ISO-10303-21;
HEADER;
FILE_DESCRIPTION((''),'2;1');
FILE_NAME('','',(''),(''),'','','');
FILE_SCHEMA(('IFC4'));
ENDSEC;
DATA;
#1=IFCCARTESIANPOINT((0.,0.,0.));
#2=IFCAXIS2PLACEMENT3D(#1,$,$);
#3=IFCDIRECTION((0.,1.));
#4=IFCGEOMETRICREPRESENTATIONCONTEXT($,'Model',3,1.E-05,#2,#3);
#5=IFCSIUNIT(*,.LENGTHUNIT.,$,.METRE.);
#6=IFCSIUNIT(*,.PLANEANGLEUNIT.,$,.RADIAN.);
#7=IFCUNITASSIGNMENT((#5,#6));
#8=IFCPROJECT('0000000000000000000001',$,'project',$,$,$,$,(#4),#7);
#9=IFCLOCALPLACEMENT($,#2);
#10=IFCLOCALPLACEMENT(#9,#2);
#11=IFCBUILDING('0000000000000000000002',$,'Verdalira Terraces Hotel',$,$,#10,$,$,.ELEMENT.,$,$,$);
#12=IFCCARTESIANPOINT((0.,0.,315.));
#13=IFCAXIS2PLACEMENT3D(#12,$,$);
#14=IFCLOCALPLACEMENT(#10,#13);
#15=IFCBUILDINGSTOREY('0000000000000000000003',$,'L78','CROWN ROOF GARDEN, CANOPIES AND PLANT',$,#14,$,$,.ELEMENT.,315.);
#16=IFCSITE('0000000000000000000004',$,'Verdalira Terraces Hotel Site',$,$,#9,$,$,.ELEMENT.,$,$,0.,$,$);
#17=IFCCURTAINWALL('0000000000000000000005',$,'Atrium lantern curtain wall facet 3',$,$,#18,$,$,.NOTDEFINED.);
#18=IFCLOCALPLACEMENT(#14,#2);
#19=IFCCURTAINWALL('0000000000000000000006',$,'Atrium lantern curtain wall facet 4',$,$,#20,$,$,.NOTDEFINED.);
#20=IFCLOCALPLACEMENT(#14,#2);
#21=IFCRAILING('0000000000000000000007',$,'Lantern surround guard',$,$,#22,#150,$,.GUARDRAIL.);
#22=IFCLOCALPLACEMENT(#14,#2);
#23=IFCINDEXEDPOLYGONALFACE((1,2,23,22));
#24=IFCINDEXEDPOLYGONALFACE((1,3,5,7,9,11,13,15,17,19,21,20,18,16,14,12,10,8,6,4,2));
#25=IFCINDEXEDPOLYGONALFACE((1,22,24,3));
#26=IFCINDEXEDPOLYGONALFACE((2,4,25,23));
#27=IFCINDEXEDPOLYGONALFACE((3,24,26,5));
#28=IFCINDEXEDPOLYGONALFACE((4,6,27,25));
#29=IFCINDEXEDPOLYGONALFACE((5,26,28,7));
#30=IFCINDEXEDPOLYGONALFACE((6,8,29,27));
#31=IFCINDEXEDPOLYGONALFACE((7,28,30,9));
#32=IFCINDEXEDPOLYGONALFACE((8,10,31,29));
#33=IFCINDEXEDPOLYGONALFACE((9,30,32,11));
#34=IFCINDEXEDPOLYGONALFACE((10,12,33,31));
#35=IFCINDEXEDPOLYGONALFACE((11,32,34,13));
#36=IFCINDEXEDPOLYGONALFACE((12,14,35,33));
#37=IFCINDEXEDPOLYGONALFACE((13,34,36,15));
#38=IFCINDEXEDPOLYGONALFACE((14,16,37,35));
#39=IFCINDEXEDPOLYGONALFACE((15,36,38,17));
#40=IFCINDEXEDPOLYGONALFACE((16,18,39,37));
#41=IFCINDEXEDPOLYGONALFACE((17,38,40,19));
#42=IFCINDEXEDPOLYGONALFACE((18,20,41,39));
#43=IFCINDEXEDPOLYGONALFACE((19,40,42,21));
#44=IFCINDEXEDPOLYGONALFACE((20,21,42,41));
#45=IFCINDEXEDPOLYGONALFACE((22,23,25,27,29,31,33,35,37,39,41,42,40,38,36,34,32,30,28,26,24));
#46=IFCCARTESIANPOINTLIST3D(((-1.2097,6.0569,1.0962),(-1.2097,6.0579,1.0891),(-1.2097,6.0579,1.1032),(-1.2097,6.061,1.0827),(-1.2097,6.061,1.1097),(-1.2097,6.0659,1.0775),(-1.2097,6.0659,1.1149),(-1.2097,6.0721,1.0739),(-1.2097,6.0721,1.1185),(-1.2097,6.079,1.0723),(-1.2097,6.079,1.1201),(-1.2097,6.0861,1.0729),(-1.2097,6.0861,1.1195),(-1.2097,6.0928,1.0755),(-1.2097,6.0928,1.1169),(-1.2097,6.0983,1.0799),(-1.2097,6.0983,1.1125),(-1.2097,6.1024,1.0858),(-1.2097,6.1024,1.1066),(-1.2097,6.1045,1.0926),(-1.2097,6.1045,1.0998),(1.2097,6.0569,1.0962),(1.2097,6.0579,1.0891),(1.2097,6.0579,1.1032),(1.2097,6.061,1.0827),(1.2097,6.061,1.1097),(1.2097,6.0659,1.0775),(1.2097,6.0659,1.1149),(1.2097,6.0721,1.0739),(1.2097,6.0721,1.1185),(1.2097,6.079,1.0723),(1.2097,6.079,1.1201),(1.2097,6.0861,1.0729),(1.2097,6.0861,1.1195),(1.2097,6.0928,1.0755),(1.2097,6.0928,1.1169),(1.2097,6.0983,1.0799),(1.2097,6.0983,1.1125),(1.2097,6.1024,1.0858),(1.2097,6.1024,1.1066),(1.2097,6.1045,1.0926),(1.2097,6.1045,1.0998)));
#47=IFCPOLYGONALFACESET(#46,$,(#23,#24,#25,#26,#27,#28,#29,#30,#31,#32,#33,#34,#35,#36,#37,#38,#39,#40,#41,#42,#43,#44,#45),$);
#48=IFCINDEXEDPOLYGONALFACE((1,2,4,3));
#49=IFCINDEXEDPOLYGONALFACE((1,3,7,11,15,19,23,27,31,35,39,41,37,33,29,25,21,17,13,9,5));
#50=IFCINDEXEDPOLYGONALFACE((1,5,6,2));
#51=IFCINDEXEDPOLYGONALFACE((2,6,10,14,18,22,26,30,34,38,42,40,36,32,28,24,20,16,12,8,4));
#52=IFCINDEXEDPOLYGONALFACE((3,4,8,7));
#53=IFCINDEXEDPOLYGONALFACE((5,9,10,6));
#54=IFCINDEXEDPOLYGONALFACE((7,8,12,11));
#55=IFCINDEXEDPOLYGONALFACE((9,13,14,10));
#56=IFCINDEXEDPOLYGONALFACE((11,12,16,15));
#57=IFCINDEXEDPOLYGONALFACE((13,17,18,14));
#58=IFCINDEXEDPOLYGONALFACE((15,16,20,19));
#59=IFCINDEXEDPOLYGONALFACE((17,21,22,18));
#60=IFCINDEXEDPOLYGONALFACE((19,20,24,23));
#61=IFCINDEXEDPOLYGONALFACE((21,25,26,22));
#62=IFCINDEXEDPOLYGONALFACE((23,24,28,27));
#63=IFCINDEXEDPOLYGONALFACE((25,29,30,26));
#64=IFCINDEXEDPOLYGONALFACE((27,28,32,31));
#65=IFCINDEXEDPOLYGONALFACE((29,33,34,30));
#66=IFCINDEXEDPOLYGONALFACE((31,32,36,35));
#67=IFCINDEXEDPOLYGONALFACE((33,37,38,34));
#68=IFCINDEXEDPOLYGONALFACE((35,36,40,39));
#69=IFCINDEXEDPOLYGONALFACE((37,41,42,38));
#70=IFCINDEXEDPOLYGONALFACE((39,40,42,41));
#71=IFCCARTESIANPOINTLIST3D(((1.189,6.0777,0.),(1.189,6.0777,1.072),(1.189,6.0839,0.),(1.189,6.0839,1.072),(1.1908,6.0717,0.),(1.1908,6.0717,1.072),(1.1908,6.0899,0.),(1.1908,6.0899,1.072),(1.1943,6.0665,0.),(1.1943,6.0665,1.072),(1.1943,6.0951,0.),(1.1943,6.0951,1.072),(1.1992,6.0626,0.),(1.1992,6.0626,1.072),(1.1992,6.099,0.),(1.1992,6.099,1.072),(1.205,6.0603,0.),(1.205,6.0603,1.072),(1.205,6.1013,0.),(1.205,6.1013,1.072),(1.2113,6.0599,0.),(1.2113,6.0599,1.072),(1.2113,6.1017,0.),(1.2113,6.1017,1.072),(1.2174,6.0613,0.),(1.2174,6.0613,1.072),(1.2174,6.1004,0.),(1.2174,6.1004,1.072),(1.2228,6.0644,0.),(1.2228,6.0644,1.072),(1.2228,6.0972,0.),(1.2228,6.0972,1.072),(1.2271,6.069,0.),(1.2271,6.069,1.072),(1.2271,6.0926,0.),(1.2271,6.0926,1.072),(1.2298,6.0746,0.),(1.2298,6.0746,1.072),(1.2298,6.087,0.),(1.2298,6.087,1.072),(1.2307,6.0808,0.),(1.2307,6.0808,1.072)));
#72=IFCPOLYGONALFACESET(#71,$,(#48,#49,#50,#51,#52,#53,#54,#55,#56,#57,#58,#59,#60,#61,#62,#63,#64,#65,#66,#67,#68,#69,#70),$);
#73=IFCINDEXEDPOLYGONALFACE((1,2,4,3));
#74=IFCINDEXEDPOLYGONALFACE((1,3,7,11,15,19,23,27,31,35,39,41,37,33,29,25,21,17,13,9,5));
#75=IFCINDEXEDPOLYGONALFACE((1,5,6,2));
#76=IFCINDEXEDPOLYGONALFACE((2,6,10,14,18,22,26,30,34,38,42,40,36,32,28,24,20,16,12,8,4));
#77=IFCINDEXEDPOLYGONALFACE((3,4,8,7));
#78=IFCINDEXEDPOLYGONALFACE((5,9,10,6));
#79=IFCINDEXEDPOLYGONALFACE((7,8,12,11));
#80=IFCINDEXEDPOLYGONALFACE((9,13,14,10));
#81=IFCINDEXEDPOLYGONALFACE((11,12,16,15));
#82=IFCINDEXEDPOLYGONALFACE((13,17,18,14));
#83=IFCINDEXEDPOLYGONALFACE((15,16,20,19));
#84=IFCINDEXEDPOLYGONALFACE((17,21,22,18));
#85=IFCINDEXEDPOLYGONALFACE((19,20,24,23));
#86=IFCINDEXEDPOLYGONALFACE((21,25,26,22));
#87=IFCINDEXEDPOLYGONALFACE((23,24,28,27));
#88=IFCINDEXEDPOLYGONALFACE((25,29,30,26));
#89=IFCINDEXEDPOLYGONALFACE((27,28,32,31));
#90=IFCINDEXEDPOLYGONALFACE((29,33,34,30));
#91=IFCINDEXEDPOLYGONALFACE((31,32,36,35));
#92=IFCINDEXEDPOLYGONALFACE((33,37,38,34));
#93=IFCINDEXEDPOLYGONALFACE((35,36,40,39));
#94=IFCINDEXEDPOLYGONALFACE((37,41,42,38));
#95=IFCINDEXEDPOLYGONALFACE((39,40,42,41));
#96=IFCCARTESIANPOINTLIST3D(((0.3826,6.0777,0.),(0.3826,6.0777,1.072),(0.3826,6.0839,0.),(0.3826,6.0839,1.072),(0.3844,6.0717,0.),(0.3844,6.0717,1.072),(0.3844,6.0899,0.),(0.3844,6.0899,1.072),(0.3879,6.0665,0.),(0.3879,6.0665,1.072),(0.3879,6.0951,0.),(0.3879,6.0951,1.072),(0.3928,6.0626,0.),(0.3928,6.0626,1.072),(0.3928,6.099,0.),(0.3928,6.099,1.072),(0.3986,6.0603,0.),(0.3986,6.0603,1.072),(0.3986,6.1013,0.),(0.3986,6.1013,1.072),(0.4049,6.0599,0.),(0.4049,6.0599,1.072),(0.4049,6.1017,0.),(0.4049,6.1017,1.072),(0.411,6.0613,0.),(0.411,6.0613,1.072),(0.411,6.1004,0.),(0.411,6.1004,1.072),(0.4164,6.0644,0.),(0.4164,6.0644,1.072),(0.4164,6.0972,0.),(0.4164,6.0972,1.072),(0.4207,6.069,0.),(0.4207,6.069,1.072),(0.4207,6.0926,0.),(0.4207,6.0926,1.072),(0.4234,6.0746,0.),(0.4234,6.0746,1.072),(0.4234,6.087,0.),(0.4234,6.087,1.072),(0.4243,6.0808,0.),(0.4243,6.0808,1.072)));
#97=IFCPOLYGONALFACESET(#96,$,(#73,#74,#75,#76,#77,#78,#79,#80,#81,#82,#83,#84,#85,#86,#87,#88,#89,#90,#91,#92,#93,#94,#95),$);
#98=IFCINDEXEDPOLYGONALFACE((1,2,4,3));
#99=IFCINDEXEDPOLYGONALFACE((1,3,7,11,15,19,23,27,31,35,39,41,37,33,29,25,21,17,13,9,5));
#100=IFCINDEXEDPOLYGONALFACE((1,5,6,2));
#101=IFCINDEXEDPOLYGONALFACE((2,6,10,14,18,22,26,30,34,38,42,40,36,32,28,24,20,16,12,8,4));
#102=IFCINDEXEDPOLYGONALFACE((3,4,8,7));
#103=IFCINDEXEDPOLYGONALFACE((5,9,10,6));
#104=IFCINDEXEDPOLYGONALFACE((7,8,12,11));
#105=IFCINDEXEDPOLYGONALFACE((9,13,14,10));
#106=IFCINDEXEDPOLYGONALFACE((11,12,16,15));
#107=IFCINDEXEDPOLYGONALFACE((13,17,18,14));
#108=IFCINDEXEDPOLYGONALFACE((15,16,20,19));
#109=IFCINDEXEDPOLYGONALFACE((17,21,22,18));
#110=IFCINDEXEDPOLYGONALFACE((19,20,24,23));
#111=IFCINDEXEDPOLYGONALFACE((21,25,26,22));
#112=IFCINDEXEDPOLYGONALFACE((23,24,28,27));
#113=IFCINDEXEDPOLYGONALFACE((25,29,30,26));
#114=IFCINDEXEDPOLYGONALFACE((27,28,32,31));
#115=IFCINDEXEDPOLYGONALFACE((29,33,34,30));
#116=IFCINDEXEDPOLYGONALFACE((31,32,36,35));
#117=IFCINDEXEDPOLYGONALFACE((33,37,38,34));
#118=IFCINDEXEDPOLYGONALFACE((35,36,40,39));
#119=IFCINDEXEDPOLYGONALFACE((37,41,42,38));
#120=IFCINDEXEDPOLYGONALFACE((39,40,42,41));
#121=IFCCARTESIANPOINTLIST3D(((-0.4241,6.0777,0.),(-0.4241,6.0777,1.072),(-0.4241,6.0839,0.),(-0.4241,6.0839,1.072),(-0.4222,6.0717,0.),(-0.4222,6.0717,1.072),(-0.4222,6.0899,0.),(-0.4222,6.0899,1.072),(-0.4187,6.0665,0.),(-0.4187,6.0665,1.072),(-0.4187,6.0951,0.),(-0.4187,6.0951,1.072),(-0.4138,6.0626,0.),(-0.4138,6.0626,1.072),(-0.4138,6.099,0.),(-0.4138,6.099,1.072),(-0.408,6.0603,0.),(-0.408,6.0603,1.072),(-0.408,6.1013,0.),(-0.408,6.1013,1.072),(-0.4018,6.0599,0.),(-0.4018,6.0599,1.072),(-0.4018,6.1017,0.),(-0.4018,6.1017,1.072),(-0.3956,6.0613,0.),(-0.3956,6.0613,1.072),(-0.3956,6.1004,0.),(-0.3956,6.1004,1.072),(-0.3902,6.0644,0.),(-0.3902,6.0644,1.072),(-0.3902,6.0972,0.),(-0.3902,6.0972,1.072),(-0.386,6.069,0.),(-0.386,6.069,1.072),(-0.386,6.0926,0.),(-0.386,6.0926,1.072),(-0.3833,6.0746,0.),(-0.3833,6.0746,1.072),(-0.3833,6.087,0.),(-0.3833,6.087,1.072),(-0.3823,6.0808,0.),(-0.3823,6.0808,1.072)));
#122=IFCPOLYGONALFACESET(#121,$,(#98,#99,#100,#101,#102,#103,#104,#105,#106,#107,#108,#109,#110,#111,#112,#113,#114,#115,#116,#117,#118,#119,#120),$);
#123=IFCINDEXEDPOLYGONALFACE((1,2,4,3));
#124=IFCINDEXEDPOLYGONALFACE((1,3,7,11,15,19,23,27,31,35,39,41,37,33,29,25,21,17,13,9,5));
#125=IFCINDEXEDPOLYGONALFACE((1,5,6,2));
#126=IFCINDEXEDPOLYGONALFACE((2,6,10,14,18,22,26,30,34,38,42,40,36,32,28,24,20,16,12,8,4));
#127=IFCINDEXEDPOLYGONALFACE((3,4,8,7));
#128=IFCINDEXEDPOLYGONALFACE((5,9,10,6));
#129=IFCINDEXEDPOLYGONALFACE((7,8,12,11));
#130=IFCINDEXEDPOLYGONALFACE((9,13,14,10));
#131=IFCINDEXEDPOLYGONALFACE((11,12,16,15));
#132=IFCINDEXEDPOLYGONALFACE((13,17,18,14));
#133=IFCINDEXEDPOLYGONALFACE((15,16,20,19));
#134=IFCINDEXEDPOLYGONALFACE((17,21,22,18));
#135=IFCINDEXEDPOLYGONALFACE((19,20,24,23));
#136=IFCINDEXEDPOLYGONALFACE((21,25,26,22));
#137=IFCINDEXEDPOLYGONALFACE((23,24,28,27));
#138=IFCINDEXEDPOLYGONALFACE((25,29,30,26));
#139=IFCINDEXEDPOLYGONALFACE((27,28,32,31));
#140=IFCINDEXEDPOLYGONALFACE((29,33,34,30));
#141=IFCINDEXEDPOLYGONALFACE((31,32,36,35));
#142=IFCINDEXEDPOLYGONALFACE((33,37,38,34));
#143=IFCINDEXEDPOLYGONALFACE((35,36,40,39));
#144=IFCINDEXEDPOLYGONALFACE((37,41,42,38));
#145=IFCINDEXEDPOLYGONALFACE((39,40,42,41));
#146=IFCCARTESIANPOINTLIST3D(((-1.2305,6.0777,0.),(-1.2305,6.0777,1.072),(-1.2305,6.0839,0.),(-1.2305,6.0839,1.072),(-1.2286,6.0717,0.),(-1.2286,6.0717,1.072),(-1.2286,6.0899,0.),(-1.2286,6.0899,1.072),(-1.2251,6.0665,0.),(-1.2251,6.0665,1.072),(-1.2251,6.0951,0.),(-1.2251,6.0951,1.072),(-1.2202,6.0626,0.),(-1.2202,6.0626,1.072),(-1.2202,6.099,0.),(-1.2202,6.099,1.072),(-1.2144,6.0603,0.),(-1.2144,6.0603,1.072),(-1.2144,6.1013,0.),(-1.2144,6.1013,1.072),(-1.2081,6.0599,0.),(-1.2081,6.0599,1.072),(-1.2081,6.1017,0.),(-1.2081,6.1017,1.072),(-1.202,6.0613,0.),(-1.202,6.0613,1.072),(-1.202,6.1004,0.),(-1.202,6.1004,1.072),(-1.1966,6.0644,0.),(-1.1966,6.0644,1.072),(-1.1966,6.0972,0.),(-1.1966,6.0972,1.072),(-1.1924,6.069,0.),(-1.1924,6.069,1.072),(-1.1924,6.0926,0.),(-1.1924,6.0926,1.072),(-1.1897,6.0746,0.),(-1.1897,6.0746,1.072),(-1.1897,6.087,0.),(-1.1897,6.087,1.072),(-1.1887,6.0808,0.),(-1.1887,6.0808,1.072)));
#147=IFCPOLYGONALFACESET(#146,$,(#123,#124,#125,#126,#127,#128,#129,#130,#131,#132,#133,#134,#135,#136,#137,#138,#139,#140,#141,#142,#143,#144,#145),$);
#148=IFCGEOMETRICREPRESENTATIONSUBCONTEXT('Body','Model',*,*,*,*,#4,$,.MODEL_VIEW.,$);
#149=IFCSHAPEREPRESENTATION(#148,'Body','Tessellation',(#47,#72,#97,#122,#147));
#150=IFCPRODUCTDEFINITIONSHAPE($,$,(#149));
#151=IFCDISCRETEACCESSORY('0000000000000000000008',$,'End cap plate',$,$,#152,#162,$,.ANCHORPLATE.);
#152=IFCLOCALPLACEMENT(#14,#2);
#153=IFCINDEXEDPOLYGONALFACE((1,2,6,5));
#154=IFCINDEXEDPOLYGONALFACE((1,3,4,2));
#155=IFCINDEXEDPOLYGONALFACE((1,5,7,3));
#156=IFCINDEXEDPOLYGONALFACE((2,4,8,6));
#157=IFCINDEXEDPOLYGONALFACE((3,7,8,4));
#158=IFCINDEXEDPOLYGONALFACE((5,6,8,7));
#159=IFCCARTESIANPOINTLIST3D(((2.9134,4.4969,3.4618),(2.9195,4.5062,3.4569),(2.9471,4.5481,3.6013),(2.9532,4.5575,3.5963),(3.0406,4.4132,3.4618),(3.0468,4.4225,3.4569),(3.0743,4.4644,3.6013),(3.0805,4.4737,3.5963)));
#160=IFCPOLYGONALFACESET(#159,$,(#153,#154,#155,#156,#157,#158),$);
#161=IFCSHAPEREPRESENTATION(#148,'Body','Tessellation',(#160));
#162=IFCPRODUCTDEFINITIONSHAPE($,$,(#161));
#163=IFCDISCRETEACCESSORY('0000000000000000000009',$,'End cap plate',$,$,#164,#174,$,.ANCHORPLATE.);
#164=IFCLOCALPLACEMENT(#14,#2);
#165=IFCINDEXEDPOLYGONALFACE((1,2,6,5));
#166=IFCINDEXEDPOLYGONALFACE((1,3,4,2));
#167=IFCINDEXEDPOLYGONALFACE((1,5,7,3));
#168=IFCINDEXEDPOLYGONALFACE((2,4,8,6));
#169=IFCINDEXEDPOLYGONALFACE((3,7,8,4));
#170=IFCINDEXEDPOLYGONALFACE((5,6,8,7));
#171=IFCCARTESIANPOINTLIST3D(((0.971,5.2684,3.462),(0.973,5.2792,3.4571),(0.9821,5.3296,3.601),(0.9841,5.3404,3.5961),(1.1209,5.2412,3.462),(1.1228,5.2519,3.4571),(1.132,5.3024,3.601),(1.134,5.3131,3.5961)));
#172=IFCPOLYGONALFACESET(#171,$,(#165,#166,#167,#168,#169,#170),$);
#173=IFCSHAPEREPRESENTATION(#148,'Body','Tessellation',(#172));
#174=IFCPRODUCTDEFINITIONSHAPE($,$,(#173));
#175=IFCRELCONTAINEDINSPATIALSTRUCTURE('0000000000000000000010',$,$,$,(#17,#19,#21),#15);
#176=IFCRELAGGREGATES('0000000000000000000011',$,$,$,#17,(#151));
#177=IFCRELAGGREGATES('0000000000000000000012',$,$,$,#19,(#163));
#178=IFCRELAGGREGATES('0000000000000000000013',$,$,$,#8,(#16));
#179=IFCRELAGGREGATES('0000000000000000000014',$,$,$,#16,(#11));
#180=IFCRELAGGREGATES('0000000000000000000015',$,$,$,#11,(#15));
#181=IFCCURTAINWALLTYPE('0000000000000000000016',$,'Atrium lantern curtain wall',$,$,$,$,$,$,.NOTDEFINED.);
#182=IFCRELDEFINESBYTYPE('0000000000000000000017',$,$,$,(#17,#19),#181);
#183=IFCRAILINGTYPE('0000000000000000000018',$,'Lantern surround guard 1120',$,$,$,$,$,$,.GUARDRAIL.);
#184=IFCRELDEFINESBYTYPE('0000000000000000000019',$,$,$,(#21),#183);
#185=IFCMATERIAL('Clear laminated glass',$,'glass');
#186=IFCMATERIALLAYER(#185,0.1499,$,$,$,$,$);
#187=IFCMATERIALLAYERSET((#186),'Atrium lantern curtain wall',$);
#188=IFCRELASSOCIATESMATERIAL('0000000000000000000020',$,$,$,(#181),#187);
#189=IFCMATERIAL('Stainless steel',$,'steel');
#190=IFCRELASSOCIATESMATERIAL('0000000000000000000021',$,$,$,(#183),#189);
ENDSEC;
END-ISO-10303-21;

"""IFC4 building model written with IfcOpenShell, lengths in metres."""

from ifc_helpers import new_model, si_unit, direction, frame, origin, origin_2d, place, context, subcontext, project, spatial, rectangle, circle, extrude, material, layer, layer_set, type_object, element, aggregate, save


model = new_model("IFC4")

# Units and contexts
model_context = context("Model", 3, precision=1e-05, world=origin(), true_north=direction((0.0, 1.0)))
body_context = subcontext(model_context, "Body", "Model", "MODEL_VIEW")
ifc_project = project(units=[si_unit("LENGTHUNIT", "METRE"), si_unit("PLANEANGLEUNIT", "RADIAN")], contexts=[model_context])

# Site, building, storey
site_placement = place(None, origin())
site = spatial("IfcSite", under=ifc_project, at=site_placement, Name="Verdalira Terraces Hotel Site", CompositionType="ELEMENT", RefElevation=0.0)
building_placement = place(site_placement, origin())
building = spatial("IfcBuilding", under=site, at=building_placement, Name="Verdalira Terraces Hotel", CompositionType="ELEMENT")
storey_placement = place(building_placement, frame((0.0, 0.0, 315.0)))
storey = spatial("IfcBuildingStorey", under=building, at=storey_placement, Name="L78", Description="CROWN ROOF GARDEN, CANOPIES AND PLANT", CompositionType="ELEMENT", Elevation=315.0)

# Curtain walls
ifc_material_1 = material(Name="Clear laminated glass", Category="glass")
ifc_layer_1 = layer(ifc_material_1, 0.1499)
ifc_layer_set_1 = layer_set([ifc_layer_1], Name="Atrium lantern curtain wall")
curtain_wall_type = type_object("IfcCurtainWallType", Name="Atrium lantern curtain wall", PredefinedType="NOTDEFINED", material=ifc_layer_set_1)
curtain_wall_1_placement = place(storey_placement, origin())
curtain_wall_1 = element("IfcCurtainWall", 1, at=curtain_wall_1_placement, inside=storey, type_object=curtain_wall_type, Name="Atrium lantern curtain wall facet 3", PredefinedType="NOTDEFINED")
curtain_wall_2_placement = place(storey_placement, origin())
curtain_wall_2 = element("IfcCurtainWall", 2, at=curtain_wall_2_placement, inside=storey, type_object=curtain_wall_type, Name="Atrium lantern curtain wall facet 4", PredefinedType="NOTDEFINED")

# Railing
ifc_material_2 = material(Name="Stainless steel", Category="steel")
railing_type = type_object("IfcRailingType", Name="Lantern surround guard 1120", PredefinedType="GUARDRAIL", material=ifc_material_2)
railing_1_placement = place(storey_placement, frame((1.2097, 6.0808, 0.0)))
element("IfcRailing", 3, at=railing_1_placement, inside=storey, type_object=railing_type, Name="Lantern surround guard", PredefinedType="GUARDRAIL", context=body_context, shape_type="SweptSolid", body=[
    extrude(circle(Radius=0.0239, at=origin_2d()), frame((0.0, 0.0, 1.0962), z_axis=(-1.0, 0.0, 0.0), x_axis=(0.0, -1.0, 0.0)), (0.0, 0.0, 1.0), 2.4194),
    extrude(circle(Radius=0.021, at=origin_2d()), origin(), (0.0, 0.0, 1.0), 1.072),
    extrude(circle(Radius=0.021, at=origin_2d()), frame((-0.8064, 0.0, 0.0)), (0.0, 0.0, 1.0), 1.072),
    extrude(circle(Radius=0.021, at=origin_2d()), frame((-1.613, 0.0, 0.0)), (0.0, 0.0, 1.0), 1.072),
    extrude(circle(Radius=0.021, at=origin_2d()), frame((-2.4194, 0.0, 0.0)), (0.0, 0.0, 1.0), 1.072),
])

# Discrete accessories
discrete_accessory_1_placement = place(storey_placement, frame((3.0, 4.49, 3.5266), z_axis=(-0.503129, -0.764756, 0.402503), x_axis=(0.835417, -0.549617, 0.0)))
discrete_accessory_1 = element("IfcDiscreteAccessory", 4, at=discrete_accessory_1_placement, Name="End cap plate", PredefinedType="ANCHORPLATE", context=body_context, shape_type="SweptSolid", body=[
    extrude(rectangle(XDim=0.1523, YDim=0.1523, at=origin_2d()), origin(), (0.0, 0.0, 1.0), 0.0122),
])
aggregate(curtain_wall_1, [discrete_accessory_1])
discrete_accessory_2_placement = place(storey_placement, frame((1.0535, 5.2961, 3.5266), z_axis=(-0.163299, -0.898146, 0.408248), x_axis=(0.98387, -0.178885, 0.0)))
discrete_accessory_2 = element("IfcDiscreteAccessory", 5, at=discrete_accessory_2_placement, Name="End cap plate", PredefinedType="ANCHORPLATE", context=body_context, shape_type="SweptSolid", body=[
    extrude(rectangle(XDim=0.1523, YDim=0.1523, at=origin_2d()), origin(), (0.0, 0.0, 1.0), 0.012),
])
aggregate(curtain_wall_2, [discrete_accessory_2])

save(model, "model.ifc")
